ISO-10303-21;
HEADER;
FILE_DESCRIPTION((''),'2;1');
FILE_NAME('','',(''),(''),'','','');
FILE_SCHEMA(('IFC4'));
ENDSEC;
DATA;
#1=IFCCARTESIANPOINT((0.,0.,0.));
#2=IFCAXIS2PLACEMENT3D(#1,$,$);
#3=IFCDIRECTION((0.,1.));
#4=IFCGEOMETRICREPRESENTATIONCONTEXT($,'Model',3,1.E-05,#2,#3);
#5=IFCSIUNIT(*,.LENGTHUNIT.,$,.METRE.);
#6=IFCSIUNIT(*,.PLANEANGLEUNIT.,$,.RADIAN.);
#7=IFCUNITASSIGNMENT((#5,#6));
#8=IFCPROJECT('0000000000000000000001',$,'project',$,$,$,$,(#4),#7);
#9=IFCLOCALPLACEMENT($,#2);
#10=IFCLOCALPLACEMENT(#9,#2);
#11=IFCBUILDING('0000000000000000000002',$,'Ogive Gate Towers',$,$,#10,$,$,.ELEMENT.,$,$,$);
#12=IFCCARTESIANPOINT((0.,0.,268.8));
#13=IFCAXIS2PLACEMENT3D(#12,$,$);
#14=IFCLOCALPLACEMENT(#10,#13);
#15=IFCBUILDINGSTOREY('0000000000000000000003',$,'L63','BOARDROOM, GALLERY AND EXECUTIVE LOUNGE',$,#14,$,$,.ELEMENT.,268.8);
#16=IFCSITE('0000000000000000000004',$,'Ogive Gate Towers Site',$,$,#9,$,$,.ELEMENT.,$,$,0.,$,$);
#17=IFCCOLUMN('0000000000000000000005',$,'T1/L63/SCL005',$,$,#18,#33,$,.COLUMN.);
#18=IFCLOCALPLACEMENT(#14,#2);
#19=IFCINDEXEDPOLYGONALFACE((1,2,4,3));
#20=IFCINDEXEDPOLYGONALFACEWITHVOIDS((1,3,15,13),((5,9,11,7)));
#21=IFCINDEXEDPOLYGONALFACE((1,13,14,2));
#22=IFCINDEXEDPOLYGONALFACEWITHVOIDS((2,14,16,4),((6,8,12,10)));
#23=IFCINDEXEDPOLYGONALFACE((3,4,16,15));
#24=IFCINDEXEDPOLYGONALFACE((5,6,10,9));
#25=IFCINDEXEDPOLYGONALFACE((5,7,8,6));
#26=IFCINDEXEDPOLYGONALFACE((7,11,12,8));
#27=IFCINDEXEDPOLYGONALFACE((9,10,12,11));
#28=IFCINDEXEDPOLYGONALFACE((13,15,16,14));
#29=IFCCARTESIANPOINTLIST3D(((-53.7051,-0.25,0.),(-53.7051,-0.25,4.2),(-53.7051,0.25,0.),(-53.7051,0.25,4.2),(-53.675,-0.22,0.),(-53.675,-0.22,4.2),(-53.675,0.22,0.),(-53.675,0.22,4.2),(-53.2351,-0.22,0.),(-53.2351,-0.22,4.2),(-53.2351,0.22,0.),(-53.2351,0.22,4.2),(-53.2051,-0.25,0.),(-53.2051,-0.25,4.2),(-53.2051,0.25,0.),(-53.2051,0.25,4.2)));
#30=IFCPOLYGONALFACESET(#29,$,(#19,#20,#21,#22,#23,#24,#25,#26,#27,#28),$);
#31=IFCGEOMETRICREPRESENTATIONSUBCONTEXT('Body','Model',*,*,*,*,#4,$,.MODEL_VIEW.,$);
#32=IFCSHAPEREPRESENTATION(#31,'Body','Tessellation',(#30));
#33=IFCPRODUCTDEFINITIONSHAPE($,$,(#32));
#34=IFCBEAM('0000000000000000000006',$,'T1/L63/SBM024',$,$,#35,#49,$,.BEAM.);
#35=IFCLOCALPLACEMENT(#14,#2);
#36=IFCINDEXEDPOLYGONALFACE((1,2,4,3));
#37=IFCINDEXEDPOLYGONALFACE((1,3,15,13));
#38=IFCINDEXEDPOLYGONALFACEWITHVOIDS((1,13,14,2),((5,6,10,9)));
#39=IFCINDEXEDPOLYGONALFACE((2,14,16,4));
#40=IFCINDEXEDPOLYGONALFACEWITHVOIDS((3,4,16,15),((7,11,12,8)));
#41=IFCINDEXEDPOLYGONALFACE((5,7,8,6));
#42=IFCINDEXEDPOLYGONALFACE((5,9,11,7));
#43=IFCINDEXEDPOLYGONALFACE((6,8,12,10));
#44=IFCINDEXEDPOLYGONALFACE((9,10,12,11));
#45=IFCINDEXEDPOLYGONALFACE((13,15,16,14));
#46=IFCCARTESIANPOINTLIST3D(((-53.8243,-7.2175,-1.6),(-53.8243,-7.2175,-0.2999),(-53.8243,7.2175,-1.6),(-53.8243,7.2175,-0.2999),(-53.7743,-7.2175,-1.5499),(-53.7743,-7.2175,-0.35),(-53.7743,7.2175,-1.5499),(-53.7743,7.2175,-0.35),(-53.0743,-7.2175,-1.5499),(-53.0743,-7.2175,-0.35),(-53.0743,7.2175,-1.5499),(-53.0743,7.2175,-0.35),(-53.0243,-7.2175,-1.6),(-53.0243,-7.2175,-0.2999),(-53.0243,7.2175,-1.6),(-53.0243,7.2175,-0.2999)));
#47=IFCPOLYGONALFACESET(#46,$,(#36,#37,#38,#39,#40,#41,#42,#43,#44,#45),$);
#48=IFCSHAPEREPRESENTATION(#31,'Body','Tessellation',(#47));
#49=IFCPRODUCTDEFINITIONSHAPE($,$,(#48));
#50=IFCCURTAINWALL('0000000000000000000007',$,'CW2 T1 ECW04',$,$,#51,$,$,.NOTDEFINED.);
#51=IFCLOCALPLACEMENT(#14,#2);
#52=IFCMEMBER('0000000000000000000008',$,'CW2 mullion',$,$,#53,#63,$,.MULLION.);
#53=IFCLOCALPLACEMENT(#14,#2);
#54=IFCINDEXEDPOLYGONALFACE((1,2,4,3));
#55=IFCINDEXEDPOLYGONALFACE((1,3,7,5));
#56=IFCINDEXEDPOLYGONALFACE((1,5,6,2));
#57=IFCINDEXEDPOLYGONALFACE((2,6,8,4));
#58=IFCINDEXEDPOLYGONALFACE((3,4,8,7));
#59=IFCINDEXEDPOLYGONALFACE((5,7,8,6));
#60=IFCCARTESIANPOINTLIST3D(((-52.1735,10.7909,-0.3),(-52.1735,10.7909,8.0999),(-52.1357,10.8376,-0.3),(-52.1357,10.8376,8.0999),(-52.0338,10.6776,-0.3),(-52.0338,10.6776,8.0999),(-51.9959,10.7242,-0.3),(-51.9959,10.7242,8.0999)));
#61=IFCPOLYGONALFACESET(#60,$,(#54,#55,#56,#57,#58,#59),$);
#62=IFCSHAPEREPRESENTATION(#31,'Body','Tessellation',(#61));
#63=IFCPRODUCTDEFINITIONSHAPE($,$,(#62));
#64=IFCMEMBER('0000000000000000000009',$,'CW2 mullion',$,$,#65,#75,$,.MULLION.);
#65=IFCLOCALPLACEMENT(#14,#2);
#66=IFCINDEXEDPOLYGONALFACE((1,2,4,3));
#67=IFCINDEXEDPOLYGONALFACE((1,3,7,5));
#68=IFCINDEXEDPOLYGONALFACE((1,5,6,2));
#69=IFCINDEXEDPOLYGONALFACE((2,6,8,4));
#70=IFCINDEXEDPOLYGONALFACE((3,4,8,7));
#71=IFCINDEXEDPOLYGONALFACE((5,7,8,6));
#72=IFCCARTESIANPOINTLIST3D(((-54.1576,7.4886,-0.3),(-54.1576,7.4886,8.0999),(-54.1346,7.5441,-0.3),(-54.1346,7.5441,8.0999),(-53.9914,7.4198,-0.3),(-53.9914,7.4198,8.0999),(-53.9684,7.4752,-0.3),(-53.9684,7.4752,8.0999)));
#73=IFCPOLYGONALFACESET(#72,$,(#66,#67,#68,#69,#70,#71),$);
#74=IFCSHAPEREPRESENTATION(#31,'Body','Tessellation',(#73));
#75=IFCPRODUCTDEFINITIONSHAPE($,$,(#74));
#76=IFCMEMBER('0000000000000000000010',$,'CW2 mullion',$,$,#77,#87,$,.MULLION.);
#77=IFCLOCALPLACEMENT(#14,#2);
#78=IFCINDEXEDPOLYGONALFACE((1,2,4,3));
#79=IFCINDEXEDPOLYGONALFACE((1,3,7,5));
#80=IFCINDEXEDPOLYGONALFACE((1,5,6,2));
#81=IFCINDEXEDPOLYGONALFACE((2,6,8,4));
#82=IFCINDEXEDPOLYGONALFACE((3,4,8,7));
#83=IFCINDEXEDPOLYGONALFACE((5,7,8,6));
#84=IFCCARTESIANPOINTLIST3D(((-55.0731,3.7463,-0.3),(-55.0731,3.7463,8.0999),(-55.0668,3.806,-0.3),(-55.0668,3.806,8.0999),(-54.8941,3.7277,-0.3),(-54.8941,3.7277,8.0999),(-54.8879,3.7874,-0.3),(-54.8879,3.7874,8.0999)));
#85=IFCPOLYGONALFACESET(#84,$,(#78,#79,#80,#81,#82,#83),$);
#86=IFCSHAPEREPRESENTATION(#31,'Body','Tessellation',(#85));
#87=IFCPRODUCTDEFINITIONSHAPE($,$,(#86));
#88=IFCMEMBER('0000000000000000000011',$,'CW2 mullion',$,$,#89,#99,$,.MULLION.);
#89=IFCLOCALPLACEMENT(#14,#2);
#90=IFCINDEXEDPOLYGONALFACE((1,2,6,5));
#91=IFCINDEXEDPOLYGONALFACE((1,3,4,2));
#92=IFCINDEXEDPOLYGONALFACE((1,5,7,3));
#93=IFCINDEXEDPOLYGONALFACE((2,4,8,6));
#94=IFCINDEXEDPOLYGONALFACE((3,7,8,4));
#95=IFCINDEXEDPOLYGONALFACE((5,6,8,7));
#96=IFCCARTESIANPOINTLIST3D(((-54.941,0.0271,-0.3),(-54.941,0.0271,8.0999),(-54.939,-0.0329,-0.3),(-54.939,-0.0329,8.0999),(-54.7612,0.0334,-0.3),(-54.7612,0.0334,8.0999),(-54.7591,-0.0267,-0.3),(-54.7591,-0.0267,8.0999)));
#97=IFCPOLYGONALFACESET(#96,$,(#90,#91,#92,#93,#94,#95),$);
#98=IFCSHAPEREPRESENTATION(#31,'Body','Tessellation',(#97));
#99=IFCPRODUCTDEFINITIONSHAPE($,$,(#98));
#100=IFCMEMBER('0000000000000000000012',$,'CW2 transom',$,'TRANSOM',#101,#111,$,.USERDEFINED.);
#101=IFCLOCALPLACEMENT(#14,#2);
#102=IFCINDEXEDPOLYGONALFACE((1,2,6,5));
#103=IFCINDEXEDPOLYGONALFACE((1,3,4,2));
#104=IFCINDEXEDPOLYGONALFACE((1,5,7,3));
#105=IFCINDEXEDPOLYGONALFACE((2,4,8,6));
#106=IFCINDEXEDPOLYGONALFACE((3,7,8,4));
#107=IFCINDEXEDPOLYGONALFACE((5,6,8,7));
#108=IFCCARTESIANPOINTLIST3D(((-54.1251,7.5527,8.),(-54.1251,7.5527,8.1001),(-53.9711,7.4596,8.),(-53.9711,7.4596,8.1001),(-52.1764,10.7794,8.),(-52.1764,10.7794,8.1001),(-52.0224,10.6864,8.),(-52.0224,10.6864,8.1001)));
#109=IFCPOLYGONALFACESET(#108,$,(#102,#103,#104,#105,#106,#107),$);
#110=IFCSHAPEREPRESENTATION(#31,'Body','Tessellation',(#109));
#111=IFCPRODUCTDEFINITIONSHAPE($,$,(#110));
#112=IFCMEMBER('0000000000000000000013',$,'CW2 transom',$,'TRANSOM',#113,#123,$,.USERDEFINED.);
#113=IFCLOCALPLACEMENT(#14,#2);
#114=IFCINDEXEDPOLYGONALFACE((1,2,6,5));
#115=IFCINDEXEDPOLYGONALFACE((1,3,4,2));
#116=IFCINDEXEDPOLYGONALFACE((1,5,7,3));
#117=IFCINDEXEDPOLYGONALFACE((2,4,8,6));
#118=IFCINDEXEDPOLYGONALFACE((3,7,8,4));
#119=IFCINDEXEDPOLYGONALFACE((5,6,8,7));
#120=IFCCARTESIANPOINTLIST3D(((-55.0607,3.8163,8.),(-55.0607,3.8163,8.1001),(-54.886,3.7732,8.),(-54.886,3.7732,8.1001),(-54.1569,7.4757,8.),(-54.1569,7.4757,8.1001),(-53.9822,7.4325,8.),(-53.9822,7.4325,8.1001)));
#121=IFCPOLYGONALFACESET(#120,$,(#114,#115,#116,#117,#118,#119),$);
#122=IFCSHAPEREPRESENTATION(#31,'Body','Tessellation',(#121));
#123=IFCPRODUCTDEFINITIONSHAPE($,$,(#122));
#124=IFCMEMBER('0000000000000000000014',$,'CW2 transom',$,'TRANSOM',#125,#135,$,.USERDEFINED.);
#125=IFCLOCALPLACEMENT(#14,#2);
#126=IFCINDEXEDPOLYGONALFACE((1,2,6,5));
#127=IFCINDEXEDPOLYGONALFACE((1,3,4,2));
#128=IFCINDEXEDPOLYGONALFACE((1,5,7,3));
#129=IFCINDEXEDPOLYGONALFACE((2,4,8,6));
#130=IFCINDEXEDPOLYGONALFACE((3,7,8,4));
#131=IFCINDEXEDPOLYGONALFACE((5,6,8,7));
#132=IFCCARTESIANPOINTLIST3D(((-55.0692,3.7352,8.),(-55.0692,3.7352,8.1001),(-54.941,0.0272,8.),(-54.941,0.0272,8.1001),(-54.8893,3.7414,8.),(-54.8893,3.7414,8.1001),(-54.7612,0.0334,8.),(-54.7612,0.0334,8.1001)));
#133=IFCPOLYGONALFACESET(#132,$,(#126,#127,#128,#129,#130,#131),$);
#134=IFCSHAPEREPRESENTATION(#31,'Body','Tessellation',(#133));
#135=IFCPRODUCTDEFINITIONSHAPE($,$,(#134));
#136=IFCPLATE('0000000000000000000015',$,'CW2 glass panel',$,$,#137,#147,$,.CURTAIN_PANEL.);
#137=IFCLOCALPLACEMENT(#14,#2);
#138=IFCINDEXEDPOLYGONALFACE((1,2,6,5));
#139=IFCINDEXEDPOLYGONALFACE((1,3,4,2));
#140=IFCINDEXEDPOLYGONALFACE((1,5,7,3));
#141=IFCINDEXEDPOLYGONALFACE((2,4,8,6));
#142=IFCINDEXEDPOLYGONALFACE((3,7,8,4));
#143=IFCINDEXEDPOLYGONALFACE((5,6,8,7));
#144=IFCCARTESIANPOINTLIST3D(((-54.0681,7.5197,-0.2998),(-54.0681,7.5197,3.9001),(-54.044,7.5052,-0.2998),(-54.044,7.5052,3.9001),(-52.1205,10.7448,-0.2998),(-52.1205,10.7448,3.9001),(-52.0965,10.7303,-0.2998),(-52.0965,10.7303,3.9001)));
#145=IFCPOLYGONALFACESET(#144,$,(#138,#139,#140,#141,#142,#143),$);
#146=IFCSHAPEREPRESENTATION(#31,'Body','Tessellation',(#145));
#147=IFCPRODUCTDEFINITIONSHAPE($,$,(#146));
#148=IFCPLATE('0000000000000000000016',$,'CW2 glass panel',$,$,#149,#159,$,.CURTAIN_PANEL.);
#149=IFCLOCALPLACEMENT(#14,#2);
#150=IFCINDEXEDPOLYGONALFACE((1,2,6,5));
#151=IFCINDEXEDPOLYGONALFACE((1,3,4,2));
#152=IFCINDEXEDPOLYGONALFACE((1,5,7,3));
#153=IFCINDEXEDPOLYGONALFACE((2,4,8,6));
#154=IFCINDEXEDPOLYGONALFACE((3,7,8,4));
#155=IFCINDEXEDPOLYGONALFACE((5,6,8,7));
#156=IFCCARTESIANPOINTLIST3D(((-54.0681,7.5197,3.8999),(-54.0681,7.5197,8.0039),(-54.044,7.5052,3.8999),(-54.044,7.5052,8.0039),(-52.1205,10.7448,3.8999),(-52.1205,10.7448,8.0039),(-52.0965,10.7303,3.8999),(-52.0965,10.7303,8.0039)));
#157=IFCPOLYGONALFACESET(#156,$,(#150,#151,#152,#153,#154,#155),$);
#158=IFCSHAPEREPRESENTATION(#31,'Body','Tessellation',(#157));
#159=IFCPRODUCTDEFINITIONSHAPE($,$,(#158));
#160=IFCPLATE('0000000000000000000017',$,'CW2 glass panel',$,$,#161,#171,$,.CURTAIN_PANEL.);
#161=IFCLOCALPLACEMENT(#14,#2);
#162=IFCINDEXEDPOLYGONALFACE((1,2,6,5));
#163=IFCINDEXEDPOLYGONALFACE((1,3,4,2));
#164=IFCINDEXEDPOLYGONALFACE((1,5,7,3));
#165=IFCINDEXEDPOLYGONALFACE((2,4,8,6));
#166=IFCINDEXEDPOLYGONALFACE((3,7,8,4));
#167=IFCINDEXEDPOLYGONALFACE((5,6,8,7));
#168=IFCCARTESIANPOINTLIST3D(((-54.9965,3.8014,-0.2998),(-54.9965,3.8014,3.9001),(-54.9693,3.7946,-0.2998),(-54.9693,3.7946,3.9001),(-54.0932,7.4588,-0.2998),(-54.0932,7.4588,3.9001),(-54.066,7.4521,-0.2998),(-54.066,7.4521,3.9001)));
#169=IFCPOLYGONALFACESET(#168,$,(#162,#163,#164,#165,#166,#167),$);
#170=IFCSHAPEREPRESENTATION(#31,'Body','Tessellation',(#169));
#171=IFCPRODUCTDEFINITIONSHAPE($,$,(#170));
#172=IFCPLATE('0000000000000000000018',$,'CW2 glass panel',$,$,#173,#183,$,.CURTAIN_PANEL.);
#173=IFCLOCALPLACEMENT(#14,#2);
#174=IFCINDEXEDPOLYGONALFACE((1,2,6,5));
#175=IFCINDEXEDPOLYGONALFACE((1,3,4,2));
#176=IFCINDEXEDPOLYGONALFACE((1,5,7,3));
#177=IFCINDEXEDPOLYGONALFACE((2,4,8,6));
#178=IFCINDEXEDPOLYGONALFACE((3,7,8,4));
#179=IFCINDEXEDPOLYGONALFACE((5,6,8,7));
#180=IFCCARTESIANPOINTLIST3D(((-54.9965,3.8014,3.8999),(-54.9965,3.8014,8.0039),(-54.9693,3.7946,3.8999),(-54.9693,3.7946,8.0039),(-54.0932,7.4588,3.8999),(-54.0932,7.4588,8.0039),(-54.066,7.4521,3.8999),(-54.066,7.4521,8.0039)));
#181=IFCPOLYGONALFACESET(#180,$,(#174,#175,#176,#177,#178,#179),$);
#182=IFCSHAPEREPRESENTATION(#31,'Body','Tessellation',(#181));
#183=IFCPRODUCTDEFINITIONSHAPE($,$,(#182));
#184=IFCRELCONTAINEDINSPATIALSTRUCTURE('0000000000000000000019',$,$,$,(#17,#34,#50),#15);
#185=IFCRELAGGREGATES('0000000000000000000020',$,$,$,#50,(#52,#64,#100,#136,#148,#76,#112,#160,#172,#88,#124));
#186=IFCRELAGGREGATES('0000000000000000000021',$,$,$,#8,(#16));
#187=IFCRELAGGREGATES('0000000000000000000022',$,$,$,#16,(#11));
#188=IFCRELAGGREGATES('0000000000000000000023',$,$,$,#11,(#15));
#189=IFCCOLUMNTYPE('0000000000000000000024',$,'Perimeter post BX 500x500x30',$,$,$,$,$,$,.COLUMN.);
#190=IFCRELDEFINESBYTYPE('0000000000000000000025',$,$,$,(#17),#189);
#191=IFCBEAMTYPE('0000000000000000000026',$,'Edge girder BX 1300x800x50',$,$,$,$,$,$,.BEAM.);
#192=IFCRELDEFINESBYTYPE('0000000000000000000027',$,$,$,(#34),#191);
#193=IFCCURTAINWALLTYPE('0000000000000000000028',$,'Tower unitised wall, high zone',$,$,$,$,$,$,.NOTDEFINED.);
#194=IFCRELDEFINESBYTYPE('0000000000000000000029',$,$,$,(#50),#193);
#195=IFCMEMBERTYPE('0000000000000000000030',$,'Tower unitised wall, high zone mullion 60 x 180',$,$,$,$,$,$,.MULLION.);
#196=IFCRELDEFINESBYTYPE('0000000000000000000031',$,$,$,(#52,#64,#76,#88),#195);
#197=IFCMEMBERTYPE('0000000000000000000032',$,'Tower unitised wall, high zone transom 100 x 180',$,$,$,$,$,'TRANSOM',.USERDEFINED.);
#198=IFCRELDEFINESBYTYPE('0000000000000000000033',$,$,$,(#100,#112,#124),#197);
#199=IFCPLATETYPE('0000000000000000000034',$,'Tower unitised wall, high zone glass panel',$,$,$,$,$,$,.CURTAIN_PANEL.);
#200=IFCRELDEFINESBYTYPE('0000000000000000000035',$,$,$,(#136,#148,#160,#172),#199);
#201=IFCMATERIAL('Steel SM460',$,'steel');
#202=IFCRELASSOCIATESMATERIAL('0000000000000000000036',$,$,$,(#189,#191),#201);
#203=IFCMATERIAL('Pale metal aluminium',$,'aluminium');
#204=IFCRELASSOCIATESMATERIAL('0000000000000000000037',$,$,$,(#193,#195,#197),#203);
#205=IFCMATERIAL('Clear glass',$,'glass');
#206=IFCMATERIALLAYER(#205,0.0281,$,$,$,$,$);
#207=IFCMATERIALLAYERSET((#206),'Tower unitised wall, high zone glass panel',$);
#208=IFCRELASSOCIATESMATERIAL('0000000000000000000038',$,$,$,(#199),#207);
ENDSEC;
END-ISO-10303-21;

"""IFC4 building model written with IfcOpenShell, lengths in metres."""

from ifc_helpers import new_model, si_unit, direction, frame, origin, origin_2d, place, context, subcontext, project, spatial, rectangle, hollow_rectangle, extrude, material, layer, layer_set, material_profile, profile_set, type_object, element, aggregate, save


model = new_model("IFC4")

# Units and contexts
model_context = context("Model", 3, precision=1e-05, world=origin(), true_north=direction((0.0, 1.0)))
body_context = subcontext(model_context, "Body", "Model", "MODEL_VIEW")
ifc_project = project(units=[si_unit("LENGTHUNIT", "METRE"), si_unit("PLANEANGLEUNIT", "RADIAN")], contexts=[model_context])

# Site, building, storey
site_placement = place(None, origin())
site = spatial("IfcSite", under=ifc_project, at=site_placement, Name="Ogive Gate Towers Site", CompositionType="ELEMENT", RefElevation=0.0)
building_placement = place(site_placement, origin())
building = spatial("IfcBuilding", under=site, at=building_placement, Name="Ogive Gate Towers", CompositionType="ELEMENT")
storey_placement = place(building_placement, frame((0.0, 0.0, 268.8)))
storey = spatial("IfcBuildingStorey", under=building, at=storey_placement, Name="L63", Description="BOARDROOM, GALLERY AND EXECUTIVE LOUNGE", CompositionType="ELEMENT", Elevation=268.8)

# Column
ifc_material_1 = material(Name="Steel SM460", Category="steel")
ifc_material_profile_1 = material_profile(ifc_material_1, hollow_rectangle(XDim=0.5, YDim=0.5, WallThickness=0.03, at=origin_2d()), Name="BX 500x500x30")
ifc_profile_set_1 = profile_set([ifc_material_profile_1], Name="Steel SM460")
column_type = type_object("IfcColumnType", Name="Perimeter post BX 500x500x30", PredefinedType="COLUMN", material=ifc_profile_set_1)
column_placement = place(storey_placement, frame((-53.4551, 0.0, 0.0), z_axis=(0.0, 0.0, 1.0), x_axis=(1.0, 0.0, 0.0)))
element("IfcColumn", 1, at=column_placement, inside=storey, type_object=column_type, Name="T1/L63/SCL005", PredefinedType="COLUMN", context=body_context, shape_type="SweptSolid", body=[
    extrude(hollow_rectangle(XDim=0.5, YDim=0.5, WallThickness=0.03, at=origin_2d()), origin(), (0.0, 0.0, 1.0), 4.2),
])

# Beam
ifc_material_profile_2 = material_profile(ifc_material_1, hollow_rectangle(XDim=0.8, YDim=1.3, WallThickness=0.05, at=origin_2d()), Name="BX 1300x800x50")
ifc_profile_set_2 = profile_set([ifc_material_profile_2], Name="Steel SM460")
beam_type = type_object("IfcBeamType", Name="Edge girder BX 1300x800x50", PredefinedType="BEAM", material=ifc_profile_set_2)
beam_placement = place(storey_placement, frame((-53.4243, 7.2175, -0.95), z_axis=(0.0, -1.0, 0.0), x_axis=(1.0, 0.0, 0.0)))
element("IfcBeam", 2, at=beam_placement, inside=storey, type_object=beam_type, Name="T1/L63/SBM024", PredefinedType="BEAM", context=body_context, shape_type="SweptSolid", body=[
    extrude(hollow_rectangle(XDim=0.8, YDim=1.3, WallThickness=0.05, at=origin_2d()), origin(), (0.0, 0.0, 1.0), 14.4351),
])

# Curtain wall, members, plates
ifc_material_2 = material(Name="Pale metal aluminium", Category="aluminium")
curtain_wall_type = type_object("IfcCurtainWallType", Name="Tower unitised wall, high zone", PredefinedType="NOTDEFINED", material=ifc_material_2)
curtain_wall_placement = place(storey_placement, origin())
curtain_wall = element("IfcCurtainWall", 3, at=curtain_wall_placement, inside=storey, type_object=curtain_wall_type, Name="CW2 T1 ECW04", PredefinedType="NOTDEFINED")
ifc_material_profile_3 = material_profile(ifc_material_2, rectangle(XDim=0.1799, YDim=0.0601, at=origin_2d()), Name="60 x 180 aluminium box")
ifc_profile_set_3 = profile_set([ifc_material_profile_3], Name="Pale metal aluminium")
member_type_1 = type_object("IfcMemberType", Name="Tower unitised wall, high zone mullion 60 x 180", PredefinedType="MULLION", material=ifc_profile_set_3)
member_1_placement = place(storey_placement, frame((-52.0847, 10.7576, -0.3), z_axis=(0.0, 0.0, 1.0), x_axis=(-0.776563, 0.630039, 0.0)))
member_1 = element("IfcMember", 4, at=member_1_placement, type_object=member_type_1, Name="CW2 mullion", PredefinedType="MULLION", context=body_context, shape_type="SweptSolid", body=[
    extrude(rectangle(XDim=0.1799, YDim=0.0601, at=origin_2d()), origin(), (0.0, 0.0, 1.0), 8.3999),
])
member_2_placement = place(storey_placement, frame((-54.063, 7.4819, -0.3), z_axis=(0.0, 0.0, 1.0), x_axis=(-0.92388, 0.382683, 0.0)))
member_2 = element("IfcMember", 5, at=member_2_placement, type_object=member_type_1, Name="CW2 mullion", PredefinedType="MULLION", context=body_context, shape_type="SweptSolid", body=[
    extrude(rectangle(XDim=0.1799, YDim=0.0601, at=origin_2d()), origin(), (0.0, 0.0, 1.0), 8.3999),
])
member_3_placement = place(storey_placement, frame((-54.9805, 3.7668, -0.3), z_axis=(0.0, 0.0, 1.0), x_axis=(-0.994618, 0.103608, 0.0)))
member_3 = element("IfcMember", 6, at=member_3_placement, type_object=member_type_1, Name="CW2 mullion", PredefinedType="MULLION", context=body_context, shape_type="SweptSolid", body=[
    extrude(rectangle(XDim=0.1799, YDim=0.0601, at=origin_2d()), origin(), (0.0, 0.0, 1.0), 8.3999),
])
member_4_placement = place(storey_placement, frame((-54.8501, 0.0002, -0.3), z_axis=(0.0, 0.0, 1.0), x_axis=(-0.999404, -0.034533, 0.0)))
member_4 = element("IfcMember", 7, at=member_4_placement, type_object=member_type_1, Name="CW2 mullion", PredefinedType="MULLION", context=body_context, shape_type="SweptSolid", body=[
    extrude(rectangle(XDim=0.1799, YDim=0.0601, at=origin_2d()), origin(), (0.0, 0.0, 1.0), 8.3999),
])
ifc_material_profile_4 = material_profile(ifc_material_2, rectangle(XDim=0.1799, YDim=0.1001, at=origin_2d()), Name="100 x 180 aluminium box")
ifc_profile_set_4 = profile_set([ifc_material_profile_4], Name="Pale metal aluminium")
member_type_2 = type_object("IfcMemberType", Name="Tower unitised wall, high zone transom 100 x 180", ElementType="TRANSOM", PredefinedType="USERDEFINED", material=ifc_profile_set_4)
member_5_placement = place(storey_placement, frame((-52.0994, 10.7329, 8.05), z_axis=(-0.51696, -0.856009, 0.0), x_axis=(0.856009, -0.51696, 0.0)))
member_5 = element("IfcMember", 8, at=member_5_placement, type_object=member_type_2, Name="CW2 transom", ObjectType="TRANSOM", PredefinedType="USERDEFINED", context=body_context, shape_type="SweptSolid", body=[
    extrude(rectangle(XDim=0.1799, YDim=0.1001, at=origin_2d()), origin(), (0.0, 0.0, 1.0), 3.7695),
])
member_6_placement = place(storey_placement, frame((-54.0696, 7.4541, 8.05), z_axis=(-0.239776, -0.970828, 0.0), x_axis=(0.970828, -0.239776, 0.0)))
member_6 = element("IfcMember", 9, at=member_6_placement, type_object=member_type_2, Name="CW2 transom", ObjectType="TRANSOM", PredefinedType="USERDEFINED", context=body_context, shape_type="SweptSolid", body=[
    extrude(rectangle(XDim=0.1799, YDim=0.1001, at=origin_2d()), origin(), (0.0, 0.0, 1.0), 3.7693),
])
member_7_placement = place(storey_placement, frame((-54.9792, 3.7383, 8.05), z_axis=(0.034546, -0.999403, 0.0), x_axis=(0.999403, 0.034546, 0.0)))
member_7 = element("IfcMember", 10, at=member_7_placement, type_object=member_type_2, Name="CW2 transom", ObjectType="TRANSOM", PredefinedType="USERDEFINED", context=body_context, shape_type="SweptSolid", body=[
    extrude(rectangle(XDim=0.1799, YDim=0.1001, at=origin_2d()), origin(), (0.0, 0.0, 1.0), 3.7102),
])
ifc_material_3 = material(Name="Clear glass", Category="glass")
ifc_layer = layer(ifc_material_3, 0.0281)
ifc_layer_set = layer_set([ifc_layer], Name="Tower unitised wall, high zone glass panel")
plate_type = type_object("IfcPlateType", Name="Tower unitised wall, high zone glass panel", PredefinedType="CURTAIN_PANEL", material=ifc_layer_set)
plate_1_placement = place(storey_placement, frame((-53.0823, 9.125, -0.2998), z_axis=(0.0, 0.0, 1.0), x_axis=(-0.516922, -0.856033, 0.0)))
plate_1 = element("IfcPlate", 11, at=plate_1_placement, type_object=plate_type, Name="CW2 glass panel", PredefinedType="CURTAIN_PANEL", context=body_context, shape_type="SweptSolid", body=[
    extrude(rectangle(XDim=3.7676, YDim=0.0281, at=origin_2d()), origin(), (0.0, 0.0, 1.0), 4.2),
])
plate_2_placement = place(storey_placement, frame((-53.0823, 9.125, 3.8999), z_axis=(0.0, 0.0, 1.0), x_axis=(-0.516922, -0.856033, 0.0)))
plate_2 = element("IfcPlate", 12, at=plate_2_placement, type_object=plate_type, Name="CW2 glass panel", PredefinedType="CURTAIN_PANEL", context=body_context, shape_type="SweptSolid", body=[
    extrude(rectangle(XDim=3.7676, YDim=0.0281, at=origin_2d()), origin(), (0.0, 0.0, 1.0), 4.104),
])
plate_3_placement = place(storey_placement, frame((-54.5312, 5.6267, -0.2998), z_axis=(0.0, 0.0, 1.0), x_axis=(-0.239771, -0.97083, 0.0)))
plate_3 = element("IfcPlate", 13, at=plate_3_placement, type_object=plate_type, Name="CW2 glass panel", PredefinedType="CURTAIN_PANEL", context=body_context, shape_type="SweptSolid", body=[
    extrude(rectangle(XDim=3.7673, YDim=0.0281, at=origin_2d()), origin(), (0.0, 0.0, 1.0), 4.2),
])
plate_4_placement = place(storey_placement, frame((-54.5312, 5.6267, 3.8999), z_axis=(0.0, 0.0, 1.0), x_axis=(-0.239771, -0.97083, 0.0)))
plate_4 = element("IfcPlate", 14, at=plate_4_placement, type_object=plate_type, Name="CW2 glass panel", PredefinedType="CURTAIN_PANEL", context=body_context, shape_type="SweptSolid", body=[
    extrude(rectangle(XDim=3.7673, YDim=0.0281, at=origin_2d()), origin(), (0.0, 0.0, 1.0), 4.104),
])
aggregate(curtain_wall, [member_1, member_2, member_5, plate_1, plate_2, member_3, member_6, plate_3, plate_4, member_4, member_7])

save(model, "model.ifc")
